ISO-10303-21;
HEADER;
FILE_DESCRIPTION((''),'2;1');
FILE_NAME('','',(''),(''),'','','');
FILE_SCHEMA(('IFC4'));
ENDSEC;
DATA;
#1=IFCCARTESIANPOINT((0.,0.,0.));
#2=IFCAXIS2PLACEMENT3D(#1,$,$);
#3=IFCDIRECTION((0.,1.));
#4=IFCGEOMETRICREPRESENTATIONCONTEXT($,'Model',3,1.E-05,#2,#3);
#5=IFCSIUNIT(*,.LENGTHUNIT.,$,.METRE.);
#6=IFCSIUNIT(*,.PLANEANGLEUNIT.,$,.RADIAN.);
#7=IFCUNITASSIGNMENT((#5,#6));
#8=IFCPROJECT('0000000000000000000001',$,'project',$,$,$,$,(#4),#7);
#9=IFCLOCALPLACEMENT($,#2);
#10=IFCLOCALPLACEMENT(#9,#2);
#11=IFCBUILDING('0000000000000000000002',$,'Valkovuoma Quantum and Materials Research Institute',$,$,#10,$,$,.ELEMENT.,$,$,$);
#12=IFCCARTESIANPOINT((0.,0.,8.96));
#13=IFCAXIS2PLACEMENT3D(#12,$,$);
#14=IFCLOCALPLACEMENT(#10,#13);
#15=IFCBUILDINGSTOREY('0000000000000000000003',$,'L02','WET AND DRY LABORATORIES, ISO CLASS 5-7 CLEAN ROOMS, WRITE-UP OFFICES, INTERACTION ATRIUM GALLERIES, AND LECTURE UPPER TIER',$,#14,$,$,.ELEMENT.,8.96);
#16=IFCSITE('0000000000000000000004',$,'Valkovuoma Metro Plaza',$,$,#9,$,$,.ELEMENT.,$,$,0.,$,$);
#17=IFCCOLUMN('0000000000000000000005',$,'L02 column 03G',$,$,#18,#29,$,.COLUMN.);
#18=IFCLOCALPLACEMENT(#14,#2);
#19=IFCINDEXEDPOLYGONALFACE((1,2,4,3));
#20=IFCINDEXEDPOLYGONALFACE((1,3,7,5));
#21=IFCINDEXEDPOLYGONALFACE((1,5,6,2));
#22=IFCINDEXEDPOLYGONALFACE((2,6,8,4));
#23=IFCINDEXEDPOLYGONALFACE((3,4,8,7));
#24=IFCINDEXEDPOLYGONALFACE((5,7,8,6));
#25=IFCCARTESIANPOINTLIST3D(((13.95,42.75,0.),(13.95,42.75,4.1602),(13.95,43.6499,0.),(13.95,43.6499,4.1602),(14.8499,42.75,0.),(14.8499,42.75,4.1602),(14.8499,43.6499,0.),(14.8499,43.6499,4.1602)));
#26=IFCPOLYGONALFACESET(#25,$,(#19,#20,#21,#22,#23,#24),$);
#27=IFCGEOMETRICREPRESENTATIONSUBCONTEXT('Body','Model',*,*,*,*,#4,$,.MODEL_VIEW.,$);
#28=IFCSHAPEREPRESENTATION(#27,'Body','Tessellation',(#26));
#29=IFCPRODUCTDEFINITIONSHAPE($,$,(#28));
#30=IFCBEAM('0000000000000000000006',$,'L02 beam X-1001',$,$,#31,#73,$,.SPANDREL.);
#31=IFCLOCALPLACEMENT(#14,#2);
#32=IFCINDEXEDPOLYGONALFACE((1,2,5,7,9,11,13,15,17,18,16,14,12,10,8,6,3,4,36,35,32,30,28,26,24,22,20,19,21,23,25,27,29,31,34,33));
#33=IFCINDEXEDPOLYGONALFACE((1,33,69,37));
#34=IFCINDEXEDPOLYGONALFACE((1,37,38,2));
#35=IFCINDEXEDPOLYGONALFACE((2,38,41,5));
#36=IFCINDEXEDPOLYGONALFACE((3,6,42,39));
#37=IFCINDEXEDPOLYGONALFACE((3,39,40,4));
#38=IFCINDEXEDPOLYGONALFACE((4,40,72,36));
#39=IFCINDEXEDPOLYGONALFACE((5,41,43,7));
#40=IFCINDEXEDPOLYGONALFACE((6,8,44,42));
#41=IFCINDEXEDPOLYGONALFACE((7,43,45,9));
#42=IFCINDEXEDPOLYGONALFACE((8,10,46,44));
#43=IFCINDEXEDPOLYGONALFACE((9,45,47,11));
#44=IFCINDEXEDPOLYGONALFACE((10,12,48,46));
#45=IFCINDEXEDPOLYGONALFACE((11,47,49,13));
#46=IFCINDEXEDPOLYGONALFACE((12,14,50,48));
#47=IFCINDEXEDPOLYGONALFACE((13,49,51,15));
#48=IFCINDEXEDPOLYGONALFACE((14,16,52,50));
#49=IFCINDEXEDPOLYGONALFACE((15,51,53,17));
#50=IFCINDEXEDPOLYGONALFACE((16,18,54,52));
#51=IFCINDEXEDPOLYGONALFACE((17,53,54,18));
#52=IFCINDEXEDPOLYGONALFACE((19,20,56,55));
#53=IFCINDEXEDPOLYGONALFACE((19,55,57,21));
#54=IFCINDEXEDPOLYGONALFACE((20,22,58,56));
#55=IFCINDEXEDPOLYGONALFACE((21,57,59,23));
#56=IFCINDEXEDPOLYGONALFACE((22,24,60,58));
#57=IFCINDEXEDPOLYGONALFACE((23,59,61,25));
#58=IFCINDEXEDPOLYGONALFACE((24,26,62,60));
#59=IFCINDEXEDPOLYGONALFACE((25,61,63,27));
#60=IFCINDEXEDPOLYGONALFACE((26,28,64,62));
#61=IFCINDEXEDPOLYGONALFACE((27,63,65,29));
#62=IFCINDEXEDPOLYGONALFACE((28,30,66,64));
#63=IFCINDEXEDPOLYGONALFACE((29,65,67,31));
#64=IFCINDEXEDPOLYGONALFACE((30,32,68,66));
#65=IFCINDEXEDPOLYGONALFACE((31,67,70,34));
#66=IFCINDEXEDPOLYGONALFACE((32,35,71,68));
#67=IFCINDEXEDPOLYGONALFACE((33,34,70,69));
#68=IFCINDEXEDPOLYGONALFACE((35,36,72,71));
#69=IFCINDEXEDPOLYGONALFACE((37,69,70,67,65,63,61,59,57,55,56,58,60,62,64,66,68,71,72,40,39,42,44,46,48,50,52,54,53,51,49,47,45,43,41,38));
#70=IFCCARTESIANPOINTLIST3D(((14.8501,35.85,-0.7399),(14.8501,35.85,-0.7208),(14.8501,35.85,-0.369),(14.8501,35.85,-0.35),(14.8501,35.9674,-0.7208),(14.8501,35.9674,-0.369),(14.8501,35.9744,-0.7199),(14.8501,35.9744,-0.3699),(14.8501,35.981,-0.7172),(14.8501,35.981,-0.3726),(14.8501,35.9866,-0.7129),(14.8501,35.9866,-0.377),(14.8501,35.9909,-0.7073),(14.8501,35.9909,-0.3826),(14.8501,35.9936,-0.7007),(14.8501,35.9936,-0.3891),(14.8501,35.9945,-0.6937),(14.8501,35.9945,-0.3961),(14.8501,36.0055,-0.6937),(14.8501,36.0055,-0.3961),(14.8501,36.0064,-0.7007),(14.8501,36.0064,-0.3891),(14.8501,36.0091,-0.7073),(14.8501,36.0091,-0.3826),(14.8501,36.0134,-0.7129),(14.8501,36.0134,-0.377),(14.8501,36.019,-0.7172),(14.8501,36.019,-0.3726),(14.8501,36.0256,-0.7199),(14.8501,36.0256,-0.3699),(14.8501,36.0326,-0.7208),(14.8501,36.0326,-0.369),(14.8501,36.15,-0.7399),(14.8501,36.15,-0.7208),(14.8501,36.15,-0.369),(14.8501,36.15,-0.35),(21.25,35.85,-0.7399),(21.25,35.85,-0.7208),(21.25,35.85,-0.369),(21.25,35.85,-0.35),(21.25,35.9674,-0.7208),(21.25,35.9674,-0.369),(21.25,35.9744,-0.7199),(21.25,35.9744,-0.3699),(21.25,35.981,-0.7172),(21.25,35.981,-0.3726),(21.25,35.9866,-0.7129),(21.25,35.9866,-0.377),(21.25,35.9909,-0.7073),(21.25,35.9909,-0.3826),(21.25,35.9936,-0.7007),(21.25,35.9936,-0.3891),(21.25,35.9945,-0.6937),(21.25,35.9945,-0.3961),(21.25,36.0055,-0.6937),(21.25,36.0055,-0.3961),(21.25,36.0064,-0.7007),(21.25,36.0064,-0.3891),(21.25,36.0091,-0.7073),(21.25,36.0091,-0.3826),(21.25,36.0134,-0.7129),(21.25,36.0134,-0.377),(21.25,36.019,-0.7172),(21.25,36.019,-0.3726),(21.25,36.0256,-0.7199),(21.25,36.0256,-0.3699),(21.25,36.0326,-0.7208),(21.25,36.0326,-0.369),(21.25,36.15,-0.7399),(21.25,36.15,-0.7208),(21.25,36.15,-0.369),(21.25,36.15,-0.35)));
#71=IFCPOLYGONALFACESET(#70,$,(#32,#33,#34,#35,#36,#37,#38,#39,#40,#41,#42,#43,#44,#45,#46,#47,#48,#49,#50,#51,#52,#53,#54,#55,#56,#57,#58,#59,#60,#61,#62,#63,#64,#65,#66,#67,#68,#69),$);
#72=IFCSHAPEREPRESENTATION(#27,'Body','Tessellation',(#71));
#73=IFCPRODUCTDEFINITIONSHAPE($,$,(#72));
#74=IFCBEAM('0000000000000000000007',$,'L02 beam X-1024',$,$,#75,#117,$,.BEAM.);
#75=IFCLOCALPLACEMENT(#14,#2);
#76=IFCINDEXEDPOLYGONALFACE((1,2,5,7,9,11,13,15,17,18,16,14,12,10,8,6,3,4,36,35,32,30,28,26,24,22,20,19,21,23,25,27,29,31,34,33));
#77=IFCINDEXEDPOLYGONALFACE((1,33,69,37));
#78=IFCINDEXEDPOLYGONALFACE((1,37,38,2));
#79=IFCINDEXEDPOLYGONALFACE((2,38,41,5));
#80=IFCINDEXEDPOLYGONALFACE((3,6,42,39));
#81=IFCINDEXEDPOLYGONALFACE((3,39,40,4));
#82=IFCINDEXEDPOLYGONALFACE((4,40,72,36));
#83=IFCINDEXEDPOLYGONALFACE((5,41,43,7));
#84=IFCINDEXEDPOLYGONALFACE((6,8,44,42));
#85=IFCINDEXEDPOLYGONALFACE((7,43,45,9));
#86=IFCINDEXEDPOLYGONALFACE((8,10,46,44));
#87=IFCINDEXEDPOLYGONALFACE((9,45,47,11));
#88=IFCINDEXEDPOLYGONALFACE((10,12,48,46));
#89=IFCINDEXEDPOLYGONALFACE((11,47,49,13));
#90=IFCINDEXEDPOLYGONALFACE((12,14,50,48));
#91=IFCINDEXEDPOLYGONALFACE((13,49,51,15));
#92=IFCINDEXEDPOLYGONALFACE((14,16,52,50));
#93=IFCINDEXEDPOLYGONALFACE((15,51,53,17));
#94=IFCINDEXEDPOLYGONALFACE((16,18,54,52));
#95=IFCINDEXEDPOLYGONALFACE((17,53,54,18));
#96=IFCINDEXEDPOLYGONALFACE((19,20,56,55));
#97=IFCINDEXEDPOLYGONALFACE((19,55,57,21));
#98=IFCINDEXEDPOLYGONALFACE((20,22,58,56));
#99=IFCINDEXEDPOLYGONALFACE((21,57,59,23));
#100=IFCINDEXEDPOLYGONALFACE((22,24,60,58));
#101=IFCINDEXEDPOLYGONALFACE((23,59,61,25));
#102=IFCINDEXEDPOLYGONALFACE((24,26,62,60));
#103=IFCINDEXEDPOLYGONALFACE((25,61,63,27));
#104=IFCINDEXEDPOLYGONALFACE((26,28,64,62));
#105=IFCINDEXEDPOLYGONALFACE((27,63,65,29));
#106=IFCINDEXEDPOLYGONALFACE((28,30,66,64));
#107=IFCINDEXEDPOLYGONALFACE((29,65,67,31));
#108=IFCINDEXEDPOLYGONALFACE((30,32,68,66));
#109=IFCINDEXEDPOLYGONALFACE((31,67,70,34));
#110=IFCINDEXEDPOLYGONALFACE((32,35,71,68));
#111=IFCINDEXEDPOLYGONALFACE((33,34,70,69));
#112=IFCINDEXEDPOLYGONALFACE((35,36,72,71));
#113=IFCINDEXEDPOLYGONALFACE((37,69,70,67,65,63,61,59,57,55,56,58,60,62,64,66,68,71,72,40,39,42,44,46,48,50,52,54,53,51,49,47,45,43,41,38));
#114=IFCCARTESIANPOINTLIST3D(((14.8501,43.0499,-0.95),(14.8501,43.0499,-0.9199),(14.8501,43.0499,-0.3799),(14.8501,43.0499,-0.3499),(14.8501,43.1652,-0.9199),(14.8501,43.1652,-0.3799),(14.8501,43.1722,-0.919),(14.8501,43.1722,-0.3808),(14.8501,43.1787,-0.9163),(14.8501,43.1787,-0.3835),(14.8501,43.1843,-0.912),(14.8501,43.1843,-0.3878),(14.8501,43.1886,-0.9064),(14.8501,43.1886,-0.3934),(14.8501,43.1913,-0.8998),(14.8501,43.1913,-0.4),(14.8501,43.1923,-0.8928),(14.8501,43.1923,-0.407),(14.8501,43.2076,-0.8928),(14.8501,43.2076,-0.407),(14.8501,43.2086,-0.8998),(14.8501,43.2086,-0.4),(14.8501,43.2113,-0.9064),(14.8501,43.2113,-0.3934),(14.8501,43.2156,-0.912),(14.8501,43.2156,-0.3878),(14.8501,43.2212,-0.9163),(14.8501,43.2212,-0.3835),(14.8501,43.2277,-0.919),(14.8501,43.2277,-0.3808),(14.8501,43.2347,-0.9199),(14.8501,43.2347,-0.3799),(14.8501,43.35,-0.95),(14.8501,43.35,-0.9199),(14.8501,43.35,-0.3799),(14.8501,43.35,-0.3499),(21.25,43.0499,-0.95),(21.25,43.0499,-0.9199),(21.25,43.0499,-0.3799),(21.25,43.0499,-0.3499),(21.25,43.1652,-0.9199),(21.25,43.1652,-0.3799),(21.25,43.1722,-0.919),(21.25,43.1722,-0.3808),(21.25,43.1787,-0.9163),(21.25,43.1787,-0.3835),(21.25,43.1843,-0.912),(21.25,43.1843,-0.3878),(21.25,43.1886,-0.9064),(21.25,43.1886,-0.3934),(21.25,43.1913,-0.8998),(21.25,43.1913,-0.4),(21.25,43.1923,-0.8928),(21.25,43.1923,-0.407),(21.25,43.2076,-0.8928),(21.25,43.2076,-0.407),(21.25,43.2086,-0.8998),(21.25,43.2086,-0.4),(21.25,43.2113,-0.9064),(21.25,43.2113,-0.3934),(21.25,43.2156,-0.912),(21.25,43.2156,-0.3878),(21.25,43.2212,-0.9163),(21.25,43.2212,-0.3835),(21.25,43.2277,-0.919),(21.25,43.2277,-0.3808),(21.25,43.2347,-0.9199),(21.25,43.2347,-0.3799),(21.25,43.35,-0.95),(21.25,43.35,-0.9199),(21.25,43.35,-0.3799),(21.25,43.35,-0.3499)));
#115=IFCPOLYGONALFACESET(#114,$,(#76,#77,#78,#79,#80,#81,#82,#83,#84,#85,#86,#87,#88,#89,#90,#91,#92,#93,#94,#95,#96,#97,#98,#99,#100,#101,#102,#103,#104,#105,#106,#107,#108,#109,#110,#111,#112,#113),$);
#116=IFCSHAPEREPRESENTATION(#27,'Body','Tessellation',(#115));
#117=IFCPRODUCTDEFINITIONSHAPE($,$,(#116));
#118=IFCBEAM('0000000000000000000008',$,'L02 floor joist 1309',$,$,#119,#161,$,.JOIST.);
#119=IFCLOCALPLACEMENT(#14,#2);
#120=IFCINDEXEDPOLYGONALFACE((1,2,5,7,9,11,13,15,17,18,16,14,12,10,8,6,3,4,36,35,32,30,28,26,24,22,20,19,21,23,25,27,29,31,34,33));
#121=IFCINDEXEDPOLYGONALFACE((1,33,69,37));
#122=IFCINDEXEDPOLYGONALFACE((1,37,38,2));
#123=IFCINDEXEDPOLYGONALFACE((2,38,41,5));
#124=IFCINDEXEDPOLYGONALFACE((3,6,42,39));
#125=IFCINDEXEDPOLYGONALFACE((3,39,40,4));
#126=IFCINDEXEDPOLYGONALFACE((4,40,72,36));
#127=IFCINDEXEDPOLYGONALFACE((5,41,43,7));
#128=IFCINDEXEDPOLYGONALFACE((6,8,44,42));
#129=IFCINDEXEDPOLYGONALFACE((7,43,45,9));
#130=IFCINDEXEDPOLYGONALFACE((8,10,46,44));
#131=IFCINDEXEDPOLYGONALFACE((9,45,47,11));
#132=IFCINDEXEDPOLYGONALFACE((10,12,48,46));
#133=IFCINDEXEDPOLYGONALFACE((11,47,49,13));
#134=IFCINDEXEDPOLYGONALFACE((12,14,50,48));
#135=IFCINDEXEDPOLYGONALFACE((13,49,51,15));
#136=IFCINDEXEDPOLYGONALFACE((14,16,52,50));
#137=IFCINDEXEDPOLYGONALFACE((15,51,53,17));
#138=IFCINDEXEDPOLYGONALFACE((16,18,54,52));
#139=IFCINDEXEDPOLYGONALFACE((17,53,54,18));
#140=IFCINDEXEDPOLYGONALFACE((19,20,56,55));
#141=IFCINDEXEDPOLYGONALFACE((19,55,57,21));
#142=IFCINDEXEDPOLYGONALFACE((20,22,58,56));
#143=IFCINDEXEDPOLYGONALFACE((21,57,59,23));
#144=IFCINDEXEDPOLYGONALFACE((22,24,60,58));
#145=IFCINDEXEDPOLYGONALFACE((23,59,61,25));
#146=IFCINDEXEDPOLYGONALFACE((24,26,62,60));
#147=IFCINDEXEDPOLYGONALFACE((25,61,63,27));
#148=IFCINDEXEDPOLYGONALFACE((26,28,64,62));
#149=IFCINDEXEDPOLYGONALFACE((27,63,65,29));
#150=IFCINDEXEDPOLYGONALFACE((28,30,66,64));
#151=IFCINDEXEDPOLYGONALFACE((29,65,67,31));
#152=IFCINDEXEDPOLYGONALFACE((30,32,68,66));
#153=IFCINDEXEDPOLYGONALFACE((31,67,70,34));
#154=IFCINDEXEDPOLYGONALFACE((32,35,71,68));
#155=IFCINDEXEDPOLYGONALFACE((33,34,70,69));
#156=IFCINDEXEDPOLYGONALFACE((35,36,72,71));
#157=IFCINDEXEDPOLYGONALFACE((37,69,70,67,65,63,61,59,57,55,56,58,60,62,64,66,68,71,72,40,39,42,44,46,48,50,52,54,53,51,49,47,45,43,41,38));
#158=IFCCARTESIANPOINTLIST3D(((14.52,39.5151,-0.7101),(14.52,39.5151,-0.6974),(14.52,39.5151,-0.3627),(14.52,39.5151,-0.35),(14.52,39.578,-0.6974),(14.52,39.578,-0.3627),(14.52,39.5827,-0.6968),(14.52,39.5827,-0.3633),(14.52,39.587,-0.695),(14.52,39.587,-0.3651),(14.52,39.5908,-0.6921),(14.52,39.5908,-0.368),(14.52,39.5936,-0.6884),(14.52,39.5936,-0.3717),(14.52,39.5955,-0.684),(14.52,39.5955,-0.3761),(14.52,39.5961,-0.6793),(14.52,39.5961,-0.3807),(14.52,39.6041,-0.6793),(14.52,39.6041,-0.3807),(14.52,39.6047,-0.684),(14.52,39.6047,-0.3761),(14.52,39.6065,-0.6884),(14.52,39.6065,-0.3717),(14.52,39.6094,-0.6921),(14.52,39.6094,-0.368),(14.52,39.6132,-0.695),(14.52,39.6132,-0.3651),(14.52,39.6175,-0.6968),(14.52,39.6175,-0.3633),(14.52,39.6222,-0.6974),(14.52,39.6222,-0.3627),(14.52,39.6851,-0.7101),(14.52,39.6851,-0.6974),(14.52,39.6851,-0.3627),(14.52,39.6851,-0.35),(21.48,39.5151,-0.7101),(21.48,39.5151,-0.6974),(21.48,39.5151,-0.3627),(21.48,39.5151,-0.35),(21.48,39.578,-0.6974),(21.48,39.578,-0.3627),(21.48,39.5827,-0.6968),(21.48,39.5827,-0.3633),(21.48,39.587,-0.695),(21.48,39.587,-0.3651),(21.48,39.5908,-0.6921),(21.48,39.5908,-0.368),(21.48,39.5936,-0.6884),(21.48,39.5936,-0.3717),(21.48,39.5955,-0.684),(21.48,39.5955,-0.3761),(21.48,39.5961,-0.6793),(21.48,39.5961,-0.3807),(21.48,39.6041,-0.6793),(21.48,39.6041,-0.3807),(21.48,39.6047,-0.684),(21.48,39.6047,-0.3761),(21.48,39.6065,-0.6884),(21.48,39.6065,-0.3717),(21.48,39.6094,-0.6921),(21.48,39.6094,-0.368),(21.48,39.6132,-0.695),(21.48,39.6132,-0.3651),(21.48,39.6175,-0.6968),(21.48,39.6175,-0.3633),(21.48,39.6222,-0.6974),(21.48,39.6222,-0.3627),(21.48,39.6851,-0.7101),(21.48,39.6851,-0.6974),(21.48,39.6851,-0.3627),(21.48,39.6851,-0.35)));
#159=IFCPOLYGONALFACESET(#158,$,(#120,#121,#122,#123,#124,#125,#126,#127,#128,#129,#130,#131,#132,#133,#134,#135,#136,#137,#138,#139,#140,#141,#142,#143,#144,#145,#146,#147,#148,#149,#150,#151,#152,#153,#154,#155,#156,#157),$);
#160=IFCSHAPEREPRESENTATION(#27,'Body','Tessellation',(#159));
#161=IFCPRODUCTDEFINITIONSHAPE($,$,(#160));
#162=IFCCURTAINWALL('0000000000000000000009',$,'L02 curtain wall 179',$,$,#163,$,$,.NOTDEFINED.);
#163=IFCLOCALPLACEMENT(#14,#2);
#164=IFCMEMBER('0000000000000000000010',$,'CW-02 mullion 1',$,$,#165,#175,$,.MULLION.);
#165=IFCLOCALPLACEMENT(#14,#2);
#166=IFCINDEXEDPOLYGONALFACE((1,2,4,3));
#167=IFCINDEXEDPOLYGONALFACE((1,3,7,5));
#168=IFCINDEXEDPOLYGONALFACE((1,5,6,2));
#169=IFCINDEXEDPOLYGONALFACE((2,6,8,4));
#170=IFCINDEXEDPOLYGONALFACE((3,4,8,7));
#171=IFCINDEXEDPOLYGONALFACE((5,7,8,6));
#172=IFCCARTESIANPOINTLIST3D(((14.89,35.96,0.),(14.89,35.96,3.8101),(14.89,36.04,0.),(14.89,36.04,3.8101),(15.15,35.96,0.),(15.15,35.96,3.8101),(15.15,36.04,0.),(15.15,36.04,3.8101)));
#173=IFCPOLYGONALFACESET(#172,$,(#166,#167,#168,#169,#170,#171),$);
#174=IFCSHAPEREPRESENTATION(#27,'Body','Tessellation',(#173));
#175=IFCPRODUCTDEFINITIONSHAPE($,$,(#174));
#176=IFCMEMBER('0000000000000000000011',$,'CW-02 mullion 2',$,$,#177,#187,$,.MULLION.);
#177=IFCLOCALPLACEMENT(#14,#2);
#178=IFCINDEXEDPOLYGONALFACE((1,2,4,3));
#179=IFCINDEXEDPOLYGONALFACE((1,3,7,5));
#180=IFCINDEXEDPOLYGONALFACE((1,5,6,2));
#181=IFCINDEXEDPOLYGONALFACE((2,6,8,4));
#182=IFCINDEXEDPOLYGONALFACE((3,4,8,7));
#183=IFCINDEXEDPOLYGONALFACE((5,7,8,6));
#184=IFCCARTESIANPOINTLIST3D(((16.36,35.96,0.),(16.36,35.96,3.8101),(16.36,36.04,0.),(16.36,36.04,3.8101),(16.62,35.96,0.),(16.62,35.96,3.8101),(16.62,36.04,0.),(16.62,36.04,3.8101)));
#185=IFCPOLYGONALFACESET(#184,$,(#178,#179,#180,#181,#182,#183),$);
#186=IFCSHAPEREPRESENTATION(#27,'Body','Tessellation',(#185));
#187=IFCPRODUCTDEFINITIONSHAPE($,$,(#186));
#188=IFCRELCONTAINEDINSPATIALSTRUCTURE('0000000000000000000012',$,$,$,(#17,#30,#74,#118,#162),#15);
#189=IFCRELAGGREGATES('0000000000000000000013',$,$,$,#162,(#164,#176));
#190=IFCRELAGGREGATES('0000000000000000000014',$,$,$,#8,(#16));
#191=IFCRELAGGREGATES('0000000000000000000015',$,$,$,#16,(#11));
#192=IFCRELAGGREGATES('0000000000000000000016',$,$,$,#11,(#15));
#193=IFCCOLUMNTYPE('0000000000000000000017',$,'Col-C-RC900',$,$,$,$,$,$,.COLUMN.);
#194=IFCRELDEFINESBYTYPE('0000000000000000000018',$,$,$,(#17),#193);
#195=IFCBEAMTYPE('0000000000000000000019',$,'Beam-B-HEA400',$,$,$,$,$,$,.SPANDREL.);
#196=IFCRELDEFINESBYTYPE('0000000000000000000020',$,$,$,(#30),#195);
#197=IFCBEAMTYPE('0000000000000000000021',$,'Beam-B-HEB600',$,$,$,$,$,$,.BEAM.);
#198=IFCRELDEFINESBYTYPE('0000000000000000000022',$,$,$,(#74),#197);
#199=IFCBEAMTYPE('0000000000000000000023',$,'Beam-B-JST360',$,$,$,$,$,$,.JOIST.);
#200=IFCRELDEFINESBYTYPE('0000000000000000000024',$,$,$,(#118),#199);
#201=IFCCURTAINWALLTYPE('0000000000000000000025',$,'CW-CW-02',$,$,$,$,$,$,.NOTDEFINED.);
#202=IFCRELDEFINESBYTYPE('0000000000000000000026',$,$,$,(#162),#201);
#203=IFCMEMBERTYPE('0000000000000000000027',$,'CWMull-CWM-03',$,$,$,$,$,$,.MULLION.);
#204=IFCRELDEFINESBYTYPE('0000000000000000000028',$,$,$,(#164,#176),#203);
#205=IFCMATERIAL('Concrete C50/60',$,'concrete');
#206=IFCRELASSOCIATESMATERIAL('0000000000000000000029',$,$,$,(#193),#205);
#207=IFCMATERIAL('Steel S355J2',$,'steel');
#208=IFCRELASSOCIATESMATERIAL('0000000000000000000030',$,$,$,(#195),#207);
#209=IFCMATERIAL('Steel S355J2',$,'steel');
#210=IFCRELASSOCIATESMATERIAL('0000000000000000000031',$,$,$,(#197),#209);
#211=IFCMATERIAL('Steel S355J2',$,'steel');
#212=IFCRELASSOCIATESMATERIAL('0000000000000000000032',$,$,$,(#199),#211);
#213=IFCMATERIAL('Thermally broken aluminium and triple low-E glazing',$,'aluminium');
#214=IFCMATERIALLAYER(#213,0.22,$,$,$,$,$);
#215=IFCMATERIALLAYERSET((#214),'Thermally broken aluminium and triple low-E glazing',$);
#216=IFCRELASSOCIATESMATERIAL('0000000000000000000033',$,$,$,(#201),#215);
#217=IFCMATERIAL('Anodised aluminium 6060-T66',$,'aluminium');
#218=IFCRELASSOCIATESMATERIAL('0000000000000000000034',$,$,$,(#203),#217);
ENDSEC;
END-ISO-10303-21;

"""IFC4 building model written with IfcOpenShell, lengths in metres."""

from ifc_helpers import new_model, si_unit, direction, frame, origin, origin_2d, place, context, subcontext, project, spatial, rectangle, i_section, extrude, material, layer, layer_set, material_profile, profile_set, type_object, element, aggregate, save


model = new_model("IFC4")

# Units and contexts
model_context = context("Model", 3, precision=1e-05, world=origin(), true_north=direction((0.0, 1.0)))
body_context = subcontext(model_context, "Body", "Model", "MODEL_VIEW")
ifc_project = project(units=[si_unit("LENGTHUNIT", "METRE"), si_unit("PLANEANGLEUNIT", "RADIAN")], contexts=[model_context])

# Site, building, storey
site_placement = place(None, origin())
site = spatial("IfcSite", under=ifc_project, at=site_placement, Name="Valkovuoma Metro Plaza", CompositionType="ELEMENT", RefElevation=0.0)
building_placement = place(site_placement, origin())
building = spatial("IfcBuilding", under=site, at=building_placement, Name="Valkovuoma Quantum and Materials Research Institute", CompositionType="ELEMENT")
storey_placement = place(building_placement, frame((0.0, 0.0, 8.96)))
storey = spatial("IfcBuildingStorey", under=building, at=storey_placement, Name="L02", Description="WET AND DRY LABORATORIES, ISO CLASS 5-7 CLEAN ROOMS, WRITE-UP OFFICES, INTERACTION ATRIUM GALLERIES, AND LECTURE UPPER TIER", CompositionType="ELEMENT", Elevation=8.96)

# Column
ifc_material_1 = material(Name="Concrete C50/60", Category="concrete")
ifc_material_profile_1 = material_profile(ifc_material_1, rectangle(XDim=0.8999, YDim=0.8999, at=origin_2d()), Name="Concrete C50/60")
ifc_profile_set_1 = profile_set([ifc_material_profile_1], Name="Concrete C50/60")
column_type = type_object("IfcColumnType", Name="Col-C-RC900", PredefinedType="COLUMN", material=ifc_profile_set_1)
column_placement = place(storey_placement, frame((14.3999, 43.2, 0.0), z_axis=(0.0, 0.0, 1.0), x_axis=(1.0, 0.0, 0.0)))
element("IfcColumn", 1, at=column_placement, inside=storey, type_object=column_type, Name="L02 column 03G", PredefinedType="COLUMN", context=body_context, shape_type="SweptSolid", body=[
    extrude(rectangle(XDim=0.8999, YDim=0.8999, at=origin_2d()), origin(), (0.0, 0.0, 1.0), 4.1602),
])

# Beams
ifc_material_2 = material(Name="Steel S355J2", Category="steel")
ifc_material_profile_2 = material_profile(ifc_material_2, i_section(OverallWidth=0.3, OverallDepth=0.3899, WebThickness=0.011, FlangeThickness=0.019, FilletRadius=0.0271, at=origin_2d()), Name="Steel S355J2")
ifc_profile_set_2 = profile_set([ifc_material_profile_2], Name="Steel S355J2")
beam_type_1 = type_object("IfcBeamType", Name="Beam-B-HEA400", PredefinedType="SPANDREL", material=ifc_profile_set_2)
beam_1_placement = place(storey_placement, frame((14.8501, 36.0, -0.5449), z_axis=(1.0, 0.0, 0.0), x_axis=(0.0, 1.0, 0.0)))
element("IfcBeam", 2, at=beam_1_placement, inside=storey, type_object=beam_type_1, Name="L02 beam X-1001", PredefinedType="SPANDREL", context=body_context, shape_type="SweptSolid", body=[
    extrude(i_section(OverallWidth=0.3, OverallDepth=0.3899, WebThickness=0.011, FlangeThickness=0.019, FilletRadius=0.0271, at=origin_2d()), origin(), (0.0, 0.0, 1.0), 6.3999),
])
ifc_material_3 = material(Name="Steel S355J2", Category="steel")
ifc_material_profile_3 = material_profile(ifc_material_3, i_section(OverallWidth=0.3, OverallDepth=0.6001, WebThickness=0.0154, FlangeThickness=0.03, FilletRadius=0.0271, at=origin_2d()), Name="Steel S355J2")
ifc_profile_set_3 = profile_set([ifc_material_profile_3], Name="Steel S355J2")
beam_type_2 = type_object("IfcBeamType", Name="Beam-B-HEB600", PredefinedType="BEAM", material=ifc_profile_set_3)
beam_2_placement = place(storey_placement, frame((14.8501, 43.2, -0.6499), z_axis=(1.0, 0.0, 0.0), x_axis=(0.0, 1.0, 0.0)))
element("IfcBeam", 3, at=beam_2_placement, inside=storey, type_object=beam_type_2, Name="L02 beam X-1024", PredefinedType="BEAM", context=body_context, shape_type="SweptSolid", body=[
    extrude(i_section(OverallWidth=0.3, OverallDepth=0.6001, WebThickness=0.0154, FlangeThickness=0.03, FilletRadius=0.0271, at=origin_2d()), origin(), (0.0, 0.0, 1.0), 6.3999),
])
ifc_material_4 = material(Name="Steel S355J2", Category="steel")
ifc_material_profile_4 = material_profile(ifc_material_4, i_section(OverallWidth=0.1699, OverallDepth=0.3601, WebThickness=0.0081, FlangeThickness=0.0127, FilletRadius=0.0181, at=origin_2d()), Name="Steel S355J2")
ifc_profile_set_4 = profile_set([ifc_material_profile_4], Name="Steel S355J2")
beam_type_3 = type_object("IfcBeamType", Name="Beam-B-JST360", PredefinedType="JOIST", material=ifc_profile_set_4)
beam_3_placement = place(storey_placement, frame((14.52, 39.6001, -0.53), z_axis=(1.0, 0.0, 0.0), x_axis=(0.0, 1.0, 0.0)))
element("IfcBeam", 4, at=beam_3_placement, inside=storey, type_object=beam_type_3, Name="L02 floor joist 1309", PredefinedType="JOIST", context=body_context, shape_type="SweptSolid", body=[
    extrude(i_section(OverallWidth=0.1699, OverallDepth=0.3601, WebThickness=0.0081, FlangeThickness=0.0127, FilletRadius=0.0181, at=origin_2d()), origin(), (0.0, 0.0, 1.0), 6.96),
])

# Curtain wall, members
ifc_material_5 = material(Name="Thermally broken aluminium and triple low-E glazing", Category="aluminium")
ifc_layer_1 = layer(ifc_material_5, 0.22)
ifc_layer_set_1 = layer_set([ifc_layer_1], Name="Thermally broken aluminium and triple low-E glazing")
curtain_wall_type = type_object("IfcCurtainWallType", Name="CW-CW-02", PredefinedType="NOTDEFINED", material=ifc_layer_set_1)
curtain_wall_placement = place(storey_placement, origin())
curtain_wall = element("IfcCurtainWall", 5, at=curtain_wall_placement, inside=storey, type_object=curtain_wall_type, Name="L02 curtain wall 179", PredefinedType="NOTDEFINED")
ifc_material_6 = material(Name="Anodised aluminium 6060-T66", Category="aluminium")
ifc_material_profile_5 = material_profile(ifc_material_6, rectangle(XDim=0.0801, YDim=0.26, at=origin_2d()), Name="Anodised aluminium 6060-T66")
ifc_profile_set_5 = profile_set([ifc_material_profile_5], Name="Anodised aluminium 6060-T66")
member_type_1 = type_object("IfcMemberType", Name="CWMull-CWM-03", PredefinedType="MULLION", material=ifc_profile_set_5)
member_1_placement = place(storey_placement, frame((15.02, 36.0, 0.0), z_axis=(0.0, 0.0, 1.0), x_axis=(0.0, 1.0, 0.0)))
member_1 = element("IfcMember", 6, at=member_1_placement, type_object=member_type_1, Name="CW-02 mullion 1", PredefinedType="MULLION", context=body_context, shape_type="SweptSolid", body=[
    extrude(rectangle(XDim=0.0801, YDim=0.26, at=origin_2d()), origin(), (0.0, 0.0, 1.0), 3.8101),
])
member_2_placement = place(storey_placement, frame((16.49, 36.0, 0.0), z_axis=(0.0, 0.0, 1.0), x_axis=(0.0, 1.0, 0.0)))
member_2 = element("IfcMember", 7, at=member_2_placement, type_object=member_type_1, Name="CW-02 mullion 2", PredefinedType="MULLION", context=body_context, shape_type="SweptSolid", body=[
    extrude(rectangle(XDim=0.0801, YDim=0.26, at=origin_2d()), origin(), (0.0, 0.0, 1.0), 3.8101),
])
aggregate(curtain_wall, [member_1, member_2])

save(model, "model.ifc")
